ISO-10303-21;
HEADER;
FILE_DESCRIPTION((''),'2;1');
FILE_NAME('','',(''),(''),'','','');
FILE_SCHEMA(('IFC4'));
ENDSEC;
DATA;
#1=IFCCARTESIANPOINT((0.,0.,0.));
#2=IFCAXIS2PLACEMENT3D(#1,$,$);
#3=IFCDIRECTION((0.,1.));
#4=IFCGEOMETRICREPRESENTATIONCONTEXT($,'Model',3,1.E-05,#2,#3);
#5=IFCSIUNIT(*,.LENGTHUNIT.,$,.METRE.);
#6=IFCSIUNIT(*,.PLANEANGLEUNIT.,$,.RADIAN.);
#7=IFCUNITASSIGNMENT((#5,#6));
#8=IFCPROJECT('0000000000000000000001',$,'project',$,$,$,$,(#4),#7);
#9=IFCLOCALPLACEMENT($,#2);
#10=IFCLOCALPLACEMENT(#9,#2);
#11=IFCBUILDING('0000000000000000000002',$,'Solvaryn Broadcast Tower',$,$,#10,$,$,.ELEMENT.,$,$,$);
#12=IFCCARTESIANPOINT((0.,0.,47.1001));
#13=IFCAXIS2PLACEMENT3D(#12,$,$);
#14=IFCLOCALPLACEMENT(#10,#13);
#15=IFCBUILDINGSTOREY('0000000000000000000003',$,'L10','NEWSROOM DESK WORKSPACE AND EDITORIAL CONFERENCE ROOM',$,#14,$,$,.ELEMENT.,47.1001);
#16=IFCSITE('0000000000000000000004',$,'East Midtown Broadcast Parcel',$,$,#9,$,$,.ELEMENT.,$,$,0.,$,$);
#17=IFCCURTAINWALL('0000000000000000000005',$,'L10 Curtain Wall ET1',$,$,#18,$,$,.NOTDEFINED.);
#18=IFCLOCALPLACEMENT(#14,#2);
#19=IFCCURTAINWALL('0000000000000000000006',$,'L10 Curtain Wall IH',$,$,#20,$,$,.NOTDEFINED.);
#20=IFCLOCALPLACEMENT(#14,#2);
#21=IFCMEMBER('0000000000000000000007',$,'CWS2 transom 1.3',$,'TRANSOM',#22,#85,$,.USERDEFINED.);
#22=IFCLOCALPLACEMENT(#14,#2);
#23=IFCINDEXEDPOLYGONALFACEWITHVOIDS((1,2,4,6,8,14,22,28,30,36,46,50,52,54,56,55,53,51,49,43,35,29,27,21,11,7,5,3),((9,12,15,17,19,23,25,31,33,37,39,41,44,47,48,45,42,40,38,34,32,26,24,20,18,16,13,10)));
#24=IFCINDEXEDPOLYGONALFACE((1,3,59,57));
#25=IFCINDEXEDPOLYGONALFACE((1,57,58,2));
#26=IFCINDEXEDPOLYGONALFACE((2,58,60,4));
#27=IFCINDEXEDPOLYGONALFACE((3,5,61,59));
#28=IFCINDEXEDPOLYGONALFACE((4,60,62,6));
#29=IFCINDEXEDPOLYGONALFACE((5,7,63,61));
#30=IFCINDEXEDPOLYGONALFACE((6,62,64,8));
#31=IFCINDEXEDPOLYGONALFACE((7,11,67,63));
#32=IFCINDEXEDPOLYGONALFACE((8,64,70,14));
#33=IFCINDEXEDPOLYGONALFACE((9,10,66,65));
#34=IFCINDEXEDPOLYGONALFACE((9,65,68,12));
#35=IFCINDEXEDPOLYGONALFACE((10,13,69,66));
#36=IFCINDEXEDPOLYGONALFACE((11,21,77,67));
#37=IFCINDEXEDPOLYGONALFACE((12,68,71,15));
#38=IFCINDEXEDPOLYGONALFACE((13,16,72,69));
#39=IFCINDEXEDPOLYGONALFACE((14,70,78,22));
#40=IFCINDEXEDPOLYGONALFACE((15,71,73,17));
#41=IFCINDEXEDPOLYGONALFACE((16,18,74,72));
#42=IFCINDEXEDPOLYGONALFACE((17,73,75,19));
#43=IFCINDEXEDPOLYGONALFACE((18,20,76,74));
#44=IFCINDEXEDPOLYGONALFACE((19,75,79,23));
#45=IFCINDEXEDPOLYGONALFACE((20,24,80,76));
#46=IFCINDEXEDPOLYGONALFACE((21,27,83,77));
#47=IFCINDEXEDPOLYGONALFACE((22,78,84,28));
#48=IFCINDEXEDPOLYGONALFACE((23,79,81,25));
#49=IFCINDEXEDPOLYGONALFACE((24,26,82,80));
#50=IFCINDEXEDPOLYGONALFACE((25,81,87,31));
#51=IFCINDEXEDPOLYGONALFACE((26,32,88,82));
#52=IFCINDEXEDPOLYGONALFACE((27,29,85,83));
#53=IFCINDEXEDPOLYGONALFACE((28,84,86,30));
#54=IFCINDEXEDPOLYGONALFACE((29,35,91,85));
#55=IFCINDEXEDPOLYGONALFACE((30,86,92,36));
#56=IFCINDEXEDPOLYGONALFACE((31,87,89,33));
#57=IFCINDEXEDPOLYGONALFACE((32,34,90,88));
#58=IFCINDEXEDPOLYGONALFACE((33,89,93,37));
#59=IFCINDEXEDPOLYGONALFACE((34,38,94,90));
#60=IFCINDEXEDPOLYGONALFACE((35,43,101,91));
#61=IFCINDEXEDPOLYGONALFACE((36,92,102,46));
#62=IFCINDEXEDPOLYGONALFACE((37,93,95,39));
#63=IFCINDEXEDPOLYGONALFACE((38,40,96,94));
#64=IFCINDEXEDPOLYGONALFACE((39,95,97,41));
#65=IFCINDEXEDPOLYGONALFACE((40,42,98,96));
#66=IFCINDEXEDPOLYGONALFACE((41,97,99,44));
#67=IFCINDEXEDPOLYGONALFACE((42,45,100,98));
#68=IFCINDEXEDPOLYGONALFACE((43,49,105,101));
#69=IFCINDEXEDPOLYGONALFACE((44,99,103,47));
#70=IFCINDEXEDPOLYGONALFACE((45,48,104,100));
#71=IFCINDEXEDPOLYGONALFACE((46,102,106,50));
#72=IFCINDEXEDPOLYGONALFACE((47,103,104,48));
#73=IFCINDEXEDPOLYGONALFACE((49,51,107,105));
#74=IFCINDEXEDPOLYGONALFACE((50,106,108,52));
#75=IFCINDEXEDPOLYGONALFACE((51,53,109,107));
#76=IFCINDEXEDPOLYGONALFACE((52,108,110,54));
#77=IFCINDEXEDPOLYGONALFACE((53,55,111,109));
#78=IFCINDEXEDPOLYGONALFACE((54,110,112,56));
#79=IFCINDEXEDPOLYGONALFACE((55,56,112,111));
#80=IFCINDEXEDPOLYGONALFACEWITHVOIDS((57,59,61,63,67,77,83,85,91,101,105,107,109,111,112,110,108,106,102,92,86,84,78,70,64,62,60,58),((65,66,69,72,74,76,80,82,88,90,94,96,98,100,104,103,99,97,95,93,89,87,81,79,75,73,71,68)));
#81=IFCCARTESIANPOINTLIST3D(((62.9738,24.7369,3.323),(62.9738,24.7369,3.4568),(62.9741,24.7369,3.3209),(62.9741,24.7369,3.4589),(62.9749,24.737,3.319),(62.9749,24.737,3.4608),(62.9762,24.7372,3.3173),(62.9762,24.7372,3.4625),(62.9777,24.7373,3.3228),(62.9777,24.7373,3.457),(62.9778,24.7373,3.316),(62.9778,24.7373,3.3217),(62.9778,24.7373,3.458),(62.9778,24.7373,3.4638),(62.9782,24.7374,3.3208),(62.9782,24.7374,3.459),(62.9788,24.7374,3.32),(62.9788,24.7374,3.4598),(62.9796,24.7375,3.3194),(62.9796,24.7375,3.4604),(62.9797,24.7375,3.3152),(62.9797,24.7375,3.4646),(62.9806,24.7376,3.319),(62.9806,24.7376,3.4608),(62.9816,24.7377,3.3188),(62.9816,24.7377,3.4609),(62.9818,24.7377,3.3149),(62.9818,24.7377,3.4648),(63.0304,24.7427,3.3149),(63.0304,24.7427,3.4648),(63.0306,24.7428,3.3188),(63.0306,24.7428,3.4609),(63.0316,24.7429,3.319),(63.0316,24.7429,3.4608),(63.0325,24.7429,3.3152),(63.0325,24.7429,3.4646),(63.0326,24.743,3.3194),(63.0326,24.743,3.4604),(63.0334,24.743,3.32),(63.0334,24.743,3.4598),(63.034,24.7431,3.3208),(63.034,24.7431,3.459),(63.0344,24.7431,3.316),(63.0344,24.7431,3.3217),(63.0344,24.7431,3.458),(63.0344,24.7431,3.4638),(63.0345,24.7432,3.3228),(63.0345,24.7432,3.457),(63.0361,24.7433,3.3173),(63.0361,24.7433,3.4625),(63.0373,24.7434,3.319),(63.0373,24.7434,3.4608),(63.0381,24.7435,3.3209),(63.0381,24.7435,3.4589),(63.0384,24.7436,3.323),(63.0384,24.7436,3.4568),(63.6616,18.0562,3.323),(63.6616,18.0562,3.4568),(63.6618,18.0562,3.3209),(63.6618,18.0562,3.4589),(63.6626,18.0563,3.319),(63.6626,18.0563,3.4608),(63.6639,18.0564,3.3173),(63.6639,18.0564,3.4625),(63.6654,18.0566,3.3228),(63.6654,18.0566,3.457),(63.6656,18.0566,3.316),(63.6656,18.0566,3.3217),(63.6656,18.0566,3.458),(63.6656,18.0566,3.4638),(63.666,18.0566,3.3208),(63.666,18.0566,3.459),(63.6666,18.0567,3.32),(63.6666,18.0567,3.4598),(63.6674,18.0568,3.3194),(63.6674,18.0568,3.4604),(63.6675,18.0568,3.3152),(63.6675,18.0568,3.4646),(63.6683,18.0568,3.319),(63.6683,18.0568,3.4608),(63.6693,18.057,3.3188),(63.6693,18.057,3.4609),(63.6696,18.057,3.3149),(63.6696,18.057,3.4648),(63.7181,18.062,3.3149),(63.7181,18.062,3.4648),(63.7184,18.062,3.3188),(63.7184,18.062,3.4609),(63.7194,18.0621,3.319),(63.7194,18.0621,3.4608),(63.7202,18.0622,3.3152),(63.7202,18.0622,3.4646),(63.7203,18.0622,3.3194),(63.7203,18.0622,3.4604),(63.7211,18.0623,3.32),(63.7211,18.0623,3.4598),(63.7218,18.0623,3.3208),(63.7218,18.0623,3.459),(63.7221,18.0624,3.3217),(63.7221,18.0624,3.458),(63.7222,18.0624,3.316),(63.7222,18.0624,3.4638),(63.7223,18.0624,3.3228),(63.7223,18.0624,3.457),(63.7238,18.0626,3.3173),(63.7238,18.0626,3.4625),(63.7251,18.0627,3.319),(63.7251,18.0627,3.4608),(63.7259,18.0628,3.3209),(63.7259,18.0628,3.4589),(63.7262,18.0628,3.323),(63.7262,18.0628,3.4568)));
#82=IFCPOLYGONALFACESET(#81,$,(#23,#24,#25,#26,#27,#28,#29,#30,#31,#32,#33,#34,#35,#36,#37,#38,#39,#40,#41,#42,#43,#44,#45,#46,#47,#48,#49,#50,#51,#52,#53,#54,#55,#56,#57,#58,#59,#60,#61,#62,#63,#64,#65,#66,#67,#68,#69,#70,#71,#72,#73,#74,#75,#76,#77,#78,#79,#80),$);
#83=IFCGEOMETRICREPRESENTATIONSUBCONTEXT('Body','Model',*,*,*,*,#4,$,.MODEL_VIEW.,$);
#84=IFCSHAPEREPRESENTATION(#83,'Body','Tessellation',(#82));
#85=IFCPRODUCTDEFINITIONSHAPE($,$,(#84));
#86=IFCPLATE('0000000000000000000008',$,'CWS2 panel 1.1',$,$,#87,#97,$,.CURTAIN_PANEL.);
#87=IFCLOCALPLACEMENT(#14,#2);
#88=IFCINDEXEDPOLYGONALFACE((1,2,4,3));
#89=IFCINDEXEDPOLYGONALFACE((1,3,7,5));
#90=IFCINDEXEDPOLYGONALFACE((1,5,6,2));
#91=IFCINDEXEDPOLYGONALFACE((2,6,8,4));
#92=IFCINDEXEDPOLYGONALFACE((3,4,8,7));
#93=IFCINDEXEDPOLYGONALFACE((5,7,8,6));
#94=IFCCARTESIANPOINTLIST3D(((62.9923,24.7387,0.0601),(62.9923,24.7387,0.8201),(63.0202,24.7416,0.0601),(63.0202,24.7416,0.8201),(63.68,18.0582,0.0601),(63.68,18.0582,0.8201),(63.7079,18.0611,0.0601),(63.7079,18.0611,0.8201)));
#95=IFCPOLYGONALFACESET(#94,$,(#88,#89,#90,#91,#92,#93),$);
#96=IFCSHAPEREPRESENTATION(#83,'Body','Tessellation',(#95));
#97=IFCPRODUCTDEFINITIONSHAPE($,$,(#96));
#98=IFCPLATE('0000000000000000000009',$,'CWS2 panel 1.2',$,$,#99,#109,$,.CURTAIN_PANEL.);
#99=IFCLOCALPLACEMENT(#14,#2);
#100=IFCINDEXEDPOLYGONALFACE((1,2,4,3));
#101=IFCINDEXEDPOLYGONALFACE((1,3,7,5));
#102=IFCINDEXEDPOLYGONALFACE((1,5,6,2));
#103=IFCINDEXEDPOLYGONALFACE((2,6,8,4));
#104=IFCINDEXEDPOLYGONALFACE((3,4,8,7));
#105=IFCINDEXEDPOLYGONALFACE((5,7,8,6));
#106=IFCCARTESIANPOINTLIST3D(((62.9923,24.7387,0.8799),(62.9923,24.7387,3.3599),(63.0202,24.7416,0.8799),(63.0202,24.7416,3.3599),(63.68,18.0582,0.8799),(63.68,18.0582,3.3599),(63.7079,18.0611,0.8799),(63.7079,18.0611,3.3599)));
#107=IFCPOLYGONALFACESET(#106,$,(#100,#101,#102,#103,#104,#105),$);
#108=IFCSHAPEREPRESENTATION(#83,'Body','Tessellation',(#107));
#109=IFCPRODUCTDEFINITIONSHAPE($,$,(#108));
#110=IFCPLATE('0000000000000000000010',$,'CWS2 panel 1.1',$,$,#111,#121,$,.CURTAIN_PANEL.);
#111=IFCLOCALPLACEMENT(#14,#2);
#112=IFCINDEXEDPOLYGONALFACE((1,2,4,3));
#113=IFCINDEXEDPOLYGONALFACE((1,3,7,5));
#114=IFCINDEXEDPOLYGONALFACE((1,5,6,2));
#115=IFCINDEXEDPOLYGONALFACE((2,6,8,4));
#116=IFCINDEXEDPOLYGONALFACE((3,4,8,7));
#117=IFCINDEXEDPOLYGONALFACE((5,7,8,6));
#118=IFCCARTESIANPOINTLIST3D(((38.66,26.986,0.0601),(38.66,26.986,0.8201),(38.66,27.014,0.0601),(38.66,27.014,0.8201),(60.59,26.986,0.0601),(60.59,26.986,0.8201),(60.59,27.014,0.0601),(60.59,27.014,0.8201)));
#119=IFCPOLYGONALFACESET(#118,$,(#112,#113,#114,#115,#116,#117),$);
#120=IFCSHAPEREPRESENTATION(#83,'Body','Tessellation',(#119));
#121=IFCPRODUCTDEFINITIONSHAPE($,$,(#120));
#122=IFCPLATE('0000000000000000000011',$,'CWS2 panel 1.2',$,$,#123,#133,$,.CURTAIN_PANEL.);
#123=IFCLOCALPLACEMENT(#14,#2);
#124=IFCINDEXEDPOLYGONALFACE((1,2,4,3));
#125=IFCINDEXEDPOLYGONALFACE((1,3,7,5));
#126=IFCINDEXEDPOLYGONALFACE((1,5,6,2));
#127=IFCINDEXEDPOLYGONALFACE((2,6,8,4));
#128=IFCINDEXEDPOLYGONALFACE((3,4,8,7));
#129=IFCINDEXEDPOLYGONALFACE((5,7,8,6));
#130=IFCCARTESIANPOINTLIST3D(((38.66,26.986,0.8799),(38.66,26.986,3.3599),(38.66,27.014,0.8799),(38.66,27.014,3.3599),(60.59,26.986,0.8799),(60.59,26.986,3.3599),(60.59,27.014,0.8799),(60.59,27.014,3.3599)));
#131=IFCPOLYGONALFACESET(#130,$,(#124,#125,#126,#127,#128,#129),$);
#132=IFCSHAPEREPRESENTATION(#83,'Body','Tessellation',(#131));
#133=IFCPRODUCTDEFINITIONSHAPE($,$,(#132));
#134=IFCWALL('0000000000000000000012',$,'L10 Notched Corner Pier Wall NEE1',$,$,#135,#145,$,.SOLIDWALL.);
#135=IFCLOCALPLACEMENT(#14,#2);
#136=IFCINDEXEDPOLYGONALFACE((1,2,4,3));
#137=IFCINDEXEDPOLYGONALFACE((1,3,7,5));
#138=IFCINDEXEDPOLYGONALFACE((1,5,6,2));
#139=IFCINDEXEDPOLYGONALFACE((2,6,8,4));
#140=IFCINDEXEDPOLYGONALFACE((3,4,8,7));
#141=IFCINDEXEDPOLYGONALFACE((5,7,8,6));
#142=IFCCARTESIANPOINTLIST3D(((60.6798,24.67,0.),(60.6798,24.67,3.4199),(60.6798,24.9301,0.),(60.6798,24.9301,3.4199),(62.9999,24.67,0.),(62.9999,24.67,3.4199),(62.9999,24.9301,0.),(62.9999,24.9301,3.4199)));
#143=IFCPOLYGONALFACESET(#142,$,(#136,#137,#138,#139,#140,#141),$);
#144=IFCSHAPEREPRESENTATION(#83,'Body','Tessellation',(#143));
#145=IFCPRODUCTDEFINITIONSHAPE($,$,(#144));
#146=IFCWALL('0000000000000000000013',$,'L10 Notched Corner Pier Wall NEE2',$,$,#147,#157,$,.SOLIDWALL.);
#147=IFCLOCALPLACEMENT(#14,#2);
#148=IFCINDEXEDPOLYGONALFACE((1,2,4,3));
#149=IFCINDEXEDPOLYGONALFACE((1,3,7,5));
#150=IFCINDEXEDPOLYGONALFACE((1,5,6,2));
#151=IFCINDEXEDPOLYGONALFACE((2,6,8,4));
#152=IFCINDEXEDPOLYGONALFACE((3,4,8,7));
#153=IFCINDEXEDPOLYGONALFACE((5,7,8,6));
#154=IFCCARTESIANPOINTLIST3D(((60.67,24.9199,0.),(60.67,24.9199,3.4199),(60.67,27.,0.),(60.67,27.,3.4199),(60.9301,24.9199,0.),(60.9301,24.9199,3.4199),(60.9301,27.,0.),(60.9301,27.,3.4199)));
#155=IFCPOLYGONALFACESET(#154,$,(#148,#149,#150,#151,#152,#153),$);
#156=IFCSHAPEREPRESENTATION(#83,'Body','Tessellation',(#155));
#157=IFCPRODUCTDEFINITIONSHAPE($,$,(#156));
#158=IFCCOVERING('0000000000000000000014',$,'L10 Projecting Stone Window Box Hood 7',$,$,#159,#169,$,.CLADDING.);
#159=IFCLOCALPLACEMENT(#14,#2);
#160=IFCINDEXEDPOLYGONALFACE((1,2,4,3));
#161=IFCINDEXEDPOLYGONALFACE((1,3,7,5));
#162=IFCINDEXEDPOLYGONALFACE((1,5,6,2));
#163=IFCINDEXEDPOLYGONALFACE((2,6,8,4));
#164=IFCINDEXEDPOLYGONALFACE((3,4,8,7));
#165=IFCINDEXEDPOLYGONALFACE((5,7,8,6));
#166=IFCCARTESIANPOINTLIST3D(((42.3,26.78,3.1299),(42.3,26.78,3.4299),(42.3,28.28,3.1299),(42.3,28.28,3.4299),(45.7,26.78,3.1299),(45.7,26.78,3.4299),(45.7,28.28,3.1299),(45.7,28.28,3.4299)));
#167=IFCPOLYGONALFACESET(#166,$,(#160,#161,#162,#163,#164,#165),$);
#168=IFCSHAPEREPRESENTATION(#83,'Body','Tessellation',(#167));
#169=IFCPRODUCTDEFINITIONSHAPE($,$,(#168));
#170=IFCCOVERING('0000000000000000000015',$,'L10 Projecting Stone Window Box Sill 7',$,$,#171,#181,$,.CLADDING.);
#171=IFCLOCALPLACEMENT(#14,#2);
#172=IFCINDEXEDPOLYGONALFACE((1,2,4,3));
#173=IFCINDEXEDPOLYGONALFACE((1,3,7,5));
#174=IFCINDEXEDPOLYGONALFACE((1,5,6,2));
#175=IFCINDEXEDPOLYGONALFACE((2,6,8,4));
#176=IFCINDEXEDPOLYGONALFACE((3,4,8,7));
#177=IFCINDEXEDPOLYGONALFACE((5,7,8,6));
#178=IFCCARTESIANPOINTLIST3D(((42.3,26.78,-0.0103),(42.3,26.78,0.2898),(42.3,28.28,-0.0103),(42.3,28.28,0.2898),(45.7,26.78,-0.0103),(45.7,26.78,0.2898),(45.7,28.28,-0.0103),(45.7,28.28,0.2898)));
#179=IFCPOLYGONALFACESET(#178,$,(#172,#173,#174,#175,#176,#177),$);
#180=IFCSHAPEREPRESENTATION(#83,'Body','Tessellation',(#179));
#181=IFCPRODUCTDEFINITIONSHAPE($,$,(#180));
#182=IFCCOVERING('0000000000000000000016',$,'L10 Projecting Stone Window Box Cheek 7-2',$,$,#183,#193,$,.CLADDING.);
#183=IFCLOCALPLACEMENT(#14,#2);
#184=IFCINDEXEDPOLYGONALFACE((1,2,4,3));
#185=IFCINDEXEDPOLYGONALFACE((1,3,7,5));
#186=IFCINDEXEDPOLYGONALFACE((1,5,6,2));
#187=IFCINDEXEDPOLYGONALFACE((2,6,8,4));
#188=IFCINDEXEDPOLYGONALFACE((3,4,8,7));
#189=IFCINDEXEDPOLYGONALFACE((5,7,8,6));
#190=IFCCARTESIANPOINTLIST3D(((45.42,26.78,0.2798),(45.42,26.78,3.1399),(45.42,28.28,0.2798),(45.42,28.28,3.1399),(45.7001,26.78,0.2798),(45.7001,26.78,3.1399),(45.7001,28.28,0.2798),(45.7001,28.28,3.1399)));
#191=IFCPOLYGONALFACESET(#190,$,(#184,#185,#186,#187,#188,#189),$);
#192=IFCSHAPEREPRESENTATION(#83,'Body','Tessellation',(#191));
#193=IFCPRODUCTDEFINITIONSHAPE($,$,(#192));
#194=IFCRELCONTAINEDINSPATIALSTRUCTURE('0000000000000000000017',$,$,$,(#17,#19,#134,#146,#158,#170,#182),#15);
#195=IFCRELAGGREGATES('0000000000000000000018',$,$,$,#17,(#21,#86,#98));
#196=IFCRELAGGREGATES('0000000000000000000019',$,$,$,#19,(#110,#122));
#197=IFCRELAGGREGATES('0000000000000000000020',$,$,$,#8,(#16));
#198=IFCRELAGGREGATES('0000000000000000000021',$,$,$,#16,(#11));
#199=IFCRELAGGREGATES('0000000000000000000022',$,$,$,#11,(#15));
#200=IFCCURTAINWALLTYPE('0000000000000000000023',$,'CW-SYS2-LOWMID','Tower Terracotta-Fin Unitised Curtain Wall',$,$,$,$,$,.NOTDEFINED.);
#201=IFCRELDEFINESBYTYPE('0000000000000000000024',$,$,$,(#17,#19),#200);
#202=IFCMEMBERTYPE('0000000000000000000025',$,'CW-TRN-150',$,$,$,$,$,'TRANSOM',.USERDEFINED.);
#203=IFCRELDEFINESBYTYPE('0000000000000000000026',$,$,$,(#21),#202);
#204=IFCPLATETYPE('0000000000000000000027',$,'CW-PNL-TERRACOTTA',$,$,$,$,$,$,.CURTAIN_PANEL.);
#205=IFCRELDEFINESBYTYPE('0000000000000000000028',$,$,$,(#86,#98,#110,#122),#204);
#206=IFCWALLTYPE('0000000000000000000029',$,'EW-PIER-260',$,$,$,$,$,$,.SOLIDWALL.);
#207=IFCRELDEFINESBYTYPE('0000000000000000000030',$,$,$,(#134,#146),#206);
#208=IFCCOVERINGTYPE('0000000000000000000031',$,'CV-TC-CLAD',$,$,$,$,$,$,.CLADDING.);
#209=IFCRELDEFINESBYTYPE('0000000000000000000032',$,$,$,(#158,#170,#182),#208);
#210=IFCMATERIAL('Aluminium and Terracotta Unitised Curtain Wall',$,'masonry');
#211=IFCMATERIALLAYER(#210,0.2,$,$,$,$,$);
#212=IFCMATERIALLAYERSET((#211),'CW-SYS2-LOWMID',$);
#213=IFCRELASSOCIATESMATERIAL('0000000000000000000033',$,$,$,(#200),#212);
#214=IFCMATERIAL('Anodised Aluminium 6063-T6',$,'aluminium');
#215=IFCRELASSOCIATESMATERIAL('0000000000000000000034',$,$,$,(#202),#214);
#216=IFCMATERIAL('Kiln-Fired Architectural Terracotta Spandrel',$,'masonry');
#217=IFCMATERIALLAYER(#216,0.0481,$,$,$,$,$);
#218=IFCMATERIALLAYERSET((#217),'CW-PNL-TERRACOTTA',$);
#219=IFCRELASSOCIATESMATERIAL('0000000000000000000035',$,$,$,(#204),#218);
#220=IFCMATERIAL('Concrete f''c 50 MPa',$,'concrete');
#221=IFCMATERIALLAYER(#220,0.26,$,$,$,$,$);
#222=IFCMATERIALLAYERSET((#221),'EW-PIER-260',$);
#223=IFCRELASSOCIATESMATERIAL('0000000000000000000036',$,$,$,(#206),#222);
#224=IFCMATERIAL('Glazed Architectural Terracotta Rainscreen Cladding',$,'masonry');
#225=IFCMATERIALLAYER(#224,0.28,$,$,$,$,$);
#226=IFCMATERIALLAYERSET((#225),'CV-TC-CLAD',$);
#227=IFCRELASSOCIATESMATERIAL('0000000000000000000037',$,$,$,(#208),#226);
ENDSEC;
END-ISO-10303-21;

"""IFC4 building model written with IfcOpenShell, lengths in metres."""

from ifc_helpers import new_model, si_unit, direction, frame, frame_2d, origin, origin_2d, place, context, subcontext, project, spatial, rectangle, hollow_rectangle, extrude, material, layer, layer_set, material_profile, profile_set, type_object, element, aggregate, save


model = new_model("IFC4")

# Units and contexts
model_context = context("Model", 3, precision=1e-05, world=origin(), true_north=direction((0.0, 1.0)))
body_context = subcontext(model_context, "Body", "Model", "MODEL_VIEW")
ifc_project = project(units=[si_unit("LENGTHUNIT", "METRE"), si_unit("PLANEANGLEUNIT", "RADIAN")], contexts=[model_context])

# Site, building, storey
site_placement = place(None, origin())
site = spatial("IfcSite", under=ifc_project, at=site_placement, Name="East Midtown Broadcast Parcel", CompositionType="ELEMENT", RefElevation=0.0)
building_placement = place(site_placement, origin())
building = spatial("IfcBuilding", under=site, at=building_placement, Name="Solvaryn Broadcast Tower", CompositionType="ELEMENT")
storey_placement = place(building_placement, frame((0.0, 0.0, 47.1001)))
storey = spatial("IfcBuildingStorey", under=building, at=storey_placement, Name="L10", Description="NEWSROOM DESK WORKSPACE AND EDITORIAL CONFERENCE ROOM", CompositionType="ELEMENT", Elevation=47.1001)

# Curtain walls
ifc_material_1 = material(Name="Aluminium and Terracotta Unitised Curtain Wall", Category="masonry")
ifc_layer_1 = layer(ifc_material_1, 0.2)
ifc_layer_set_1 = layer_set([ifc_layer_1], Name="CW-SYS2-LOWMID")
curtain_wall_type = type_object("IfcCurtainWallType", Name="CW-SYS2-LOWMID", Description="Tower Terracotta-Fin Unitised Curtain Wall", PredefinedType="NOTDEFINED", material=ifc_layer_set_1)
curtain_wall_1_placement = place(storey_placement, origin())
curtain_wall_1 = element("IfcCurtainWall", 1, at=curtain_wall_1_placement, inside=storey, type_object=curtain_wall_type, Name="L10 Curtain Wall ET1", PredefinedType="NOTDEFINED")
curtain_wall_2_placement = place(storey_placement, origin())
curtain_wall_2 = element("IfcCurtainWall", 2, at=curtain_wall_2_placement, inside=storey, type_object=curtain_wall_type, Name="L10 Curtain Wall IH", PredefinedType="NOTDEFINED")

# Member
ifc_material_2 = material(Name="Anodised Aluminium 6063-T6", Category="aluminium")
ifc_material_profile_1 = material_profile(ifc_material_2, hollow_rectangle(XDim=0.0649, YDim=0.1499, WallThickness=0.0039, InnerFilletRadius=0.0039, OuterFilletRadius=0.0081, at=origin_2d()))
ifc_profile_set_1 = profile_set([ifc_material_profile_1], Name="Anodised Aluminium 6063-T6")
member_type_1 = type_object("IfcMemberType", Name="CW-TRN-150", ElementType="TRANSOM", PredefinedType="USERDEFINED", material=ifc_profile_set_1)
member_1_placement = place(storey_placement, frame((63.0061, 24.7402, 3.3899), z_axis=(0.102404, -0.994743, 0.0), x_axis=(0.994743, 0.102404, 0.0)))
member_1 = element("IfcMember", 3, at=member_1_placement, type_object=member_type_1, Name="CWS2 transom 1.3", ObjectType="TRANSOM", PredefinedType="USERDEFINED", context=body_context, shape_type="SweptSolid", body=[
    extrude(hollow_rectangle(XDim=0.0649, YDim=0.1499, WallThickness=0.0039, InnerFilletRadius=0.0039, OuterFilletRadius=0.0081, at=origin_2d()), origin(), (0.0, 0.0, 1.0), 6.7161),
])

# Plates
ifc_material_3 = material(Name="Kiln-Fired Architectural Terracotta Spandrel", Category="masonry")
ifc_layer_2 = layer(ifc_material_3, 0.0481)
ifc_layer_set_2 = layer_set([ifc_layer_2], Name="CW-PNL-TERRACOTTA")
plate_type = type_object("IfcPlateType", Name="CW-PNL-TERRACOTTA", PredefinedType="CURTAIN_PANEL", material=ifc_layer_set_2)
plate_1_placement = place(storey_placement, frame((63.3501, 21.3999, 0.0601), z_axis=(0.0, 0.0, 1.0), x_axis=(0.1024, -0.994743, 0.0)))
plate_1 = element("IfcPlate", 4, at=plate_1_placement, type_object=plate_type, Name="CWS2 panel 1.1", PredefinedType="CURTAIN_PANEL", context=body_context, shape_type="SweptSolid", body=[
    extrude(rectangle(XDim=6.7158, YDim=0.0281, at=origin_2d()), origin(), (0.0, 0.0, 1.0), 0.76),
])
plate_2_placement = place(storey_placement, frame((63.3501, 21.3999, 0.8799), z_axis=(0.0, 0.0, 1.0), x_axis=(0.1024, -0.994743, 0.0)))
plate_2 = element("IfcPlate", 5, at=plate_2_placement, type_object=plate_type, Name="CWS2 panel 1.2", PredefinedType="CURTAIN_PANEL", context=body_context, shape_type="SweptSolid", body=[
    extrude(rectangle(XDim=6.7158, YDim=0.0281, at=origin_2d()), origin(), (0.0, 0.0, 1.0), 2.48),
])
aggregate(curtain_wall_1, [member_1, plate_1, plate_2])
plate_3_placement = place(storey_placement, frame((49.625, 27.0, 0.0601), z_axis=(0.0, 0.0, 1.0), x_axis=(1.0, 0.0, 0.0)))
plate_3 = element("IfcPlate", 6, at=plate_3_placement, type_object=plate_type, Name="CWS2 panel 1.1", PredefinedType="CURTAIN_PANEL", context=body_context, shape_type="SweptSolid", body=[
    extrude(rectangle(XDim=21.9299, YDim=0.0281, at=origin_2d()), origin(), (0.0, 0.0, 1.0), 0.76),
])
plate_4_placement = place(storey_placement, frame((49.625, 27.0, 0.8799), z_axis=(0.0, 0.0, 1.0), x_axis=(1.0, 0.0, 0.0)))
plate_4 = element("IfcPlate", 7, at=plate_4_placement, type_object=plate_type, Name="CWS2 panel 1.2", PredefinedType="CURTAIN_PANEL", context=body_context, shape_type="SweptSolid", body=[
    extrude(rectangle(XDim=21.9299, YDim=0.0281, at=origin_2d()), origin(), (0.0, 0.0, 1.0), 2.48),
])
aggregate(curtain_wall_2, [plate_3, plate_4])

# Walls
ifc_material_4 = material(Name="Concrete f'c 50 MPa", Category="concrete")
ifc_layer_3 = layer(ifc_material_4, 0.26)
ifc_layer_set_3 = layer_set([ifc_layer_3], Name="EW-PIER-260")
wall_type_1 = type_object("IfcWallType", Name="EW-PIER-260", PredefinedType="SOLIDWALL", material=ifc_layer_set_3)
wall_1_placement = place(storey_placement, frame((63.0, 24.8, 0.0), z_axis=(0.0, 0.0, 1.0), x_axis=(-1.0, 0.0, 0.0)))
element("IfcWall", 8, at=wall_1_placement, inside=storey, type_object=wall_type_1, Name="L10 Notched Corner Pier Wall NEE1", PredefinedType="SOLIDWALL", context=body_context, shape_type="SweptSolid", body=[
    extrude(rectangle(XDim=2.3201, YDim=0.26, at=frame_2d((1.1602, 0.0))), origin(), (0.0, 0.0, 1.0), 3.4199),
])
wall_2_placement = place(storey_placement, frame((60.8, 24.9199, 0.0), z_axis=(0.0, 0.0, 1.0), x_axis=(0.0, 1.0, 0.0)))
element("IfcWall", 9, at=wall_2_placement, inside=storey, type_object=wall_type_1, Name="L10 Notched Corner Pier Wall NEE2", PredefinedType="SOLIDWALL", context=body_context, shape_type="SweptSolid", body=[
    extrude(rectangle(XDim=2.0801, YDim=0.26, at=frame_2d((1.04, 0.0))), origin(), (0.0, 0.0, 1.0), 3.4199),
])

# Coverings
ifc_material_5 = material(Name="Glazed Architectural Terracotta Rainscreen Cladding", Category="masonry")
ifc_layer_4 = layer(ifc_material_5, 0.28)
ifc_layer_set_4 = layer_set([ifc_layer_4], Name="CV-TC-CLAD")
covering_type_1 = type_object("IfcCoveringType", Name="CV-TC-CLAD", PredefinedType="CLADDING", material=ifc_layer_set_4)
for number, where, z_axis, x_axis, name in (
    (10, (44.0, 27.53, 3.1299), (0.0, 0.0, 1.0), (1.0, 0.0, 0.0), "L10 Projecting Stone Window Box Hood 7"),
    (11, (44.0, 27.53, -0.0103), (0.0, 0.0, 1.0), (1.0, 0.0, 0.0), "L10 Projecting Stone Window Box Sill 7"),
):
    element("IfcCovering", number, at=place(storey_placement, frame(where, z_axis=z_axis, x_axis=x_axis)), inside=storey, type_object=covering_type_1, Name=name, PredefinedType="CLADDING", context=body_context, shape_type="SweptSolid", body=[
        extrude(rectangle(XDim=3.3999, YDim=1.5, at=origin_2d()), origin(), (0.0, 0.0, 1.0), 0.3),
    ])
covering_1_placement = place(storey_placement, frame((45.5601, 27.53, 0.2798), z_axis=(0.0, 0.0, 1.0), x_axis=(1.0, 0.0, 0.0)))
element("IfcCovering", 12, at=covering_1_placement, inside=storey, type_object=covering_type_1, Name="L10 Projecting Stone Window Box Cheek 7-2", PredefinedType="CLADDING", context=body_context, shape_type="SweptSolid", body=[
    extrude(rectangle(XDim=0.28, YDim=1.5, at=origin_2d()), origin(), (0.0, 0.0, 1.0), 2.8601),
])

save(model, "model.ifc")
